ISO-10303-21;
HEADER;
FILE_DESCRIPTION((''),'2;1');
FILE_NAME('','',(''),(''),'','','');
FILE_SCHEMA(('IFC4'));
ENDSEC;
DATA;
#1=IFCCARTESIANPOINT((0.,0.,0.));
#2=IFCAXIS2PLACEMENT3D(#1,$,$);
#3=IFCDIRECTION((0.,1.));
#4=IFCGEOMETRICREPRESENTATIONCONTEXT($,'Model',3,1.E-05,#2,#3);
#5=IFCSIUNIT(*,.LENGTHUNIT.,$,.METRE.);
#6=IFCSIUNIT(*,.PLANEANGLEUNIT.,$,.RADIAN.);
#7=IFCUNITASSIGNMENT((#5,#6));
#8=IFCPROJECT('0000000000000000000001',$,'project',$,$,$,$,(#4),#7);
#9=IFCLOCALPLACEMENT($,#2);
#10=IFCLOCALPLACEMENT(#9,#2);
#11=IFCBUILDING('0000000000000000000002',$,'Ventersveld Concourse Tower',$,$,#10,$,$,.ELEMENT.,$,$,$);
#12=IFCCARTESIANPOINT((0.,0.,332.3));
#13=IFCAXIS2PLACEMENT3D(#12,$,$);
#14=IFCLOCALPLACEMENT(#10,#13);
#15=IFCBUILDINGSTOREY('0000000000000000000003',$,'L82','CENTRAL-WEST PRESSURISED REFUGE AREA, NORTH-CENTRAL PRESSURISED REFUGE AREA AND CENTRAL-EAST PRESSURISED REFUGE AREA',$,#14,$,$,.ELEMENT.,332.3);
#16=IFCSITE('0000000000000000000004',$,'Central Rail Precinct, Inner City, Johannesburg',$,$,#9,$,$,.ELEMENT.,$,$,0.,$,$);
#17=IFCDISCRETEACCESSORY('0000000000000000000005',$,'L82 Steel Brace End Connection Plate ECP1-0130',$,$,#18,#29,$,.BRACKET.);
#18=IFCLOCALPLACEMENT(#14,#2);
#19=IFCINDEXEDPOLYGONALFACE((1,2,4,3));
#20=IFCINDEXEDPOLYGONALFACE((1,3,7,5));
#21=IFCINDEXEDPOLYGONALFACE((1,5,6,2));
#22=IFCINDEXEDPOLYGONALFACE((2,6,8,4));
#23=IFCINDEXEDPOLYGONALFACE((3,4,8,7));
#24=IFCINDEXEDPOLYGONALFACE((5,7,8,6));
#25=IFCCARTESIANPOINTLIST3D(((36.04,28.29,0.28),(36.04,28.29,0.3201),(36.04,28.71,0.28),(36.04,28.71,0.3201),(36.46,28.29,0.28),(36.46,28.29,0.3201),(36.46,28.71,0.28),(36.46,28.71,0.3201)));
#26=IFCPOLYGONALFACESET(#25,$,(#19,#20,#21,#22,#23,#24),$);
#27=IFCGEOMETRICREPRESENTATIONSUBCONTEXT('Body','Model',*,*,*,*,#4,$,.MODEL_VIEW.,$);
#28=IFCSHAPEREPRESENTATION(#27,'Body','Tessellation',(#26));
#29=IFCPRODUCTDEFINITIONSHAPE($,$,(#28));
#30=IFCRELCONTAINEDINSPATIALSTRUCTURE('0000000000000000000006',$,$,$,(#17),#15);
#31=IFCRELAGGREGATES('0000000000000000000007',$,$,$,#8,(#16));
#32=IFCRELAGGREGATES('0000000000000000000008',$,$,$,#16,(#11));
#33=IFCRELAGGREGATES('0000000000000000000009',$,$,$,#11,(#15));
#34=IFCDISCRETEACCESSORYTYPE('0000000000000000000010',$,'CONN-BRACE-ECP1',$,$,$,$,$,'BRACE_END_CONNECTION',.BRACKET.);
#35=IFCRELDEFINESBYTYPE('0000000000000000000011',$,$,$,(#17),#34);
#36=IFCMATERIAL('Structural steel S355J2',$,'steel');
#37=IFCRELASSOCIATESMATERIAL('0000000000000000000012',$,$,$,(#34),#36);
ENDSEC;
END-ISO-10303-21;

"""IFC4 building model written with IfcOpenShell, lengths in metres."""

from ifc_helpers import new_model, si_unit, direction, frame, origin, origin_2d, place, context, subcontext, project, spatial, rectangle, extrude, material, type_object, element, save


model = new_model("IFC4")

# Units and contexts
model_context = context("Model", 3, precision=1e-05, world=origin(), true_north=direction((0.0, 1.0)))
body_context = subcontext(model_context, "Body", "Model", "MODEL_VIEW")
ifc_project = project(units=[si_unit("LENGTHUNIT", "METRE"), si_unit("PLANEANGLEUNIT", "RADIAN")], contexts=[model_context])

# Site, building, storey
site_placement = place(None, origin())
site = spatial("IfcSite", under=ifc_project, at=site_placement, Name="Central Rail Precinct, Inner City, Johannesburg", CompositionType="ELEMENT", RefElevation=0.0)
building_placement = place(site_placement, origin())
building = spatial("IfcBuilding", under=site, at=building_placement, Name="Ventersveld Concourse Tower", CompositionType="ELEMENT")
storey_placement = place(building_placement, frame((0.0, 0.0, 332.3)))
storey = spatial("IfcBuildingStorey", under=building, at=storey_placement, Name="L82", Description="CENTRAL-WEST PRESSURISED REFUGE AREA, NORTH-CENTRAL PRESSURISED REFUGE AREA AND CENTRAL-EAST PRESSURISED REFUGE AREA", CompositionType="ELEMENT", Elevation=332.3)

# Shared definitions
ifc_material_1 = material(Name="Structural steel S355J2", Category="steel")

# Discrete accessory
discrete_accessory_type = type_object("IfcDiscreteAccessoryType", Name="CONN-BRACE-ECP1", ElementType="BRACE_END_CONNECTION", PredefinedType="BRACKET", material=ifc_material_1)
discrete_accessory_placement = place(storey_placement, frame((36.25, 28.5, 0.28), z_axis=(0.0, 0.0, 1.0), x_axis=(1.0, 0.0, 0.0)))
element("IfcDiscreteAccessory", 1, at=discrete_accessory_placement, inside=storey, type_object=discrete_accessory_type, Name="L82 Steel Brace End Connection Plate ECP1-0130", PredefinedType="BRACKET", context=body_context, shape_type="SweptSolid", body=[
    extrude(rectangle(XDim=0.4199, YDim=0.4199, at=origin_2d()), origin(), (0.0, 0.0, 1.0), 0.04),
])

save(model, "model.ifc")
